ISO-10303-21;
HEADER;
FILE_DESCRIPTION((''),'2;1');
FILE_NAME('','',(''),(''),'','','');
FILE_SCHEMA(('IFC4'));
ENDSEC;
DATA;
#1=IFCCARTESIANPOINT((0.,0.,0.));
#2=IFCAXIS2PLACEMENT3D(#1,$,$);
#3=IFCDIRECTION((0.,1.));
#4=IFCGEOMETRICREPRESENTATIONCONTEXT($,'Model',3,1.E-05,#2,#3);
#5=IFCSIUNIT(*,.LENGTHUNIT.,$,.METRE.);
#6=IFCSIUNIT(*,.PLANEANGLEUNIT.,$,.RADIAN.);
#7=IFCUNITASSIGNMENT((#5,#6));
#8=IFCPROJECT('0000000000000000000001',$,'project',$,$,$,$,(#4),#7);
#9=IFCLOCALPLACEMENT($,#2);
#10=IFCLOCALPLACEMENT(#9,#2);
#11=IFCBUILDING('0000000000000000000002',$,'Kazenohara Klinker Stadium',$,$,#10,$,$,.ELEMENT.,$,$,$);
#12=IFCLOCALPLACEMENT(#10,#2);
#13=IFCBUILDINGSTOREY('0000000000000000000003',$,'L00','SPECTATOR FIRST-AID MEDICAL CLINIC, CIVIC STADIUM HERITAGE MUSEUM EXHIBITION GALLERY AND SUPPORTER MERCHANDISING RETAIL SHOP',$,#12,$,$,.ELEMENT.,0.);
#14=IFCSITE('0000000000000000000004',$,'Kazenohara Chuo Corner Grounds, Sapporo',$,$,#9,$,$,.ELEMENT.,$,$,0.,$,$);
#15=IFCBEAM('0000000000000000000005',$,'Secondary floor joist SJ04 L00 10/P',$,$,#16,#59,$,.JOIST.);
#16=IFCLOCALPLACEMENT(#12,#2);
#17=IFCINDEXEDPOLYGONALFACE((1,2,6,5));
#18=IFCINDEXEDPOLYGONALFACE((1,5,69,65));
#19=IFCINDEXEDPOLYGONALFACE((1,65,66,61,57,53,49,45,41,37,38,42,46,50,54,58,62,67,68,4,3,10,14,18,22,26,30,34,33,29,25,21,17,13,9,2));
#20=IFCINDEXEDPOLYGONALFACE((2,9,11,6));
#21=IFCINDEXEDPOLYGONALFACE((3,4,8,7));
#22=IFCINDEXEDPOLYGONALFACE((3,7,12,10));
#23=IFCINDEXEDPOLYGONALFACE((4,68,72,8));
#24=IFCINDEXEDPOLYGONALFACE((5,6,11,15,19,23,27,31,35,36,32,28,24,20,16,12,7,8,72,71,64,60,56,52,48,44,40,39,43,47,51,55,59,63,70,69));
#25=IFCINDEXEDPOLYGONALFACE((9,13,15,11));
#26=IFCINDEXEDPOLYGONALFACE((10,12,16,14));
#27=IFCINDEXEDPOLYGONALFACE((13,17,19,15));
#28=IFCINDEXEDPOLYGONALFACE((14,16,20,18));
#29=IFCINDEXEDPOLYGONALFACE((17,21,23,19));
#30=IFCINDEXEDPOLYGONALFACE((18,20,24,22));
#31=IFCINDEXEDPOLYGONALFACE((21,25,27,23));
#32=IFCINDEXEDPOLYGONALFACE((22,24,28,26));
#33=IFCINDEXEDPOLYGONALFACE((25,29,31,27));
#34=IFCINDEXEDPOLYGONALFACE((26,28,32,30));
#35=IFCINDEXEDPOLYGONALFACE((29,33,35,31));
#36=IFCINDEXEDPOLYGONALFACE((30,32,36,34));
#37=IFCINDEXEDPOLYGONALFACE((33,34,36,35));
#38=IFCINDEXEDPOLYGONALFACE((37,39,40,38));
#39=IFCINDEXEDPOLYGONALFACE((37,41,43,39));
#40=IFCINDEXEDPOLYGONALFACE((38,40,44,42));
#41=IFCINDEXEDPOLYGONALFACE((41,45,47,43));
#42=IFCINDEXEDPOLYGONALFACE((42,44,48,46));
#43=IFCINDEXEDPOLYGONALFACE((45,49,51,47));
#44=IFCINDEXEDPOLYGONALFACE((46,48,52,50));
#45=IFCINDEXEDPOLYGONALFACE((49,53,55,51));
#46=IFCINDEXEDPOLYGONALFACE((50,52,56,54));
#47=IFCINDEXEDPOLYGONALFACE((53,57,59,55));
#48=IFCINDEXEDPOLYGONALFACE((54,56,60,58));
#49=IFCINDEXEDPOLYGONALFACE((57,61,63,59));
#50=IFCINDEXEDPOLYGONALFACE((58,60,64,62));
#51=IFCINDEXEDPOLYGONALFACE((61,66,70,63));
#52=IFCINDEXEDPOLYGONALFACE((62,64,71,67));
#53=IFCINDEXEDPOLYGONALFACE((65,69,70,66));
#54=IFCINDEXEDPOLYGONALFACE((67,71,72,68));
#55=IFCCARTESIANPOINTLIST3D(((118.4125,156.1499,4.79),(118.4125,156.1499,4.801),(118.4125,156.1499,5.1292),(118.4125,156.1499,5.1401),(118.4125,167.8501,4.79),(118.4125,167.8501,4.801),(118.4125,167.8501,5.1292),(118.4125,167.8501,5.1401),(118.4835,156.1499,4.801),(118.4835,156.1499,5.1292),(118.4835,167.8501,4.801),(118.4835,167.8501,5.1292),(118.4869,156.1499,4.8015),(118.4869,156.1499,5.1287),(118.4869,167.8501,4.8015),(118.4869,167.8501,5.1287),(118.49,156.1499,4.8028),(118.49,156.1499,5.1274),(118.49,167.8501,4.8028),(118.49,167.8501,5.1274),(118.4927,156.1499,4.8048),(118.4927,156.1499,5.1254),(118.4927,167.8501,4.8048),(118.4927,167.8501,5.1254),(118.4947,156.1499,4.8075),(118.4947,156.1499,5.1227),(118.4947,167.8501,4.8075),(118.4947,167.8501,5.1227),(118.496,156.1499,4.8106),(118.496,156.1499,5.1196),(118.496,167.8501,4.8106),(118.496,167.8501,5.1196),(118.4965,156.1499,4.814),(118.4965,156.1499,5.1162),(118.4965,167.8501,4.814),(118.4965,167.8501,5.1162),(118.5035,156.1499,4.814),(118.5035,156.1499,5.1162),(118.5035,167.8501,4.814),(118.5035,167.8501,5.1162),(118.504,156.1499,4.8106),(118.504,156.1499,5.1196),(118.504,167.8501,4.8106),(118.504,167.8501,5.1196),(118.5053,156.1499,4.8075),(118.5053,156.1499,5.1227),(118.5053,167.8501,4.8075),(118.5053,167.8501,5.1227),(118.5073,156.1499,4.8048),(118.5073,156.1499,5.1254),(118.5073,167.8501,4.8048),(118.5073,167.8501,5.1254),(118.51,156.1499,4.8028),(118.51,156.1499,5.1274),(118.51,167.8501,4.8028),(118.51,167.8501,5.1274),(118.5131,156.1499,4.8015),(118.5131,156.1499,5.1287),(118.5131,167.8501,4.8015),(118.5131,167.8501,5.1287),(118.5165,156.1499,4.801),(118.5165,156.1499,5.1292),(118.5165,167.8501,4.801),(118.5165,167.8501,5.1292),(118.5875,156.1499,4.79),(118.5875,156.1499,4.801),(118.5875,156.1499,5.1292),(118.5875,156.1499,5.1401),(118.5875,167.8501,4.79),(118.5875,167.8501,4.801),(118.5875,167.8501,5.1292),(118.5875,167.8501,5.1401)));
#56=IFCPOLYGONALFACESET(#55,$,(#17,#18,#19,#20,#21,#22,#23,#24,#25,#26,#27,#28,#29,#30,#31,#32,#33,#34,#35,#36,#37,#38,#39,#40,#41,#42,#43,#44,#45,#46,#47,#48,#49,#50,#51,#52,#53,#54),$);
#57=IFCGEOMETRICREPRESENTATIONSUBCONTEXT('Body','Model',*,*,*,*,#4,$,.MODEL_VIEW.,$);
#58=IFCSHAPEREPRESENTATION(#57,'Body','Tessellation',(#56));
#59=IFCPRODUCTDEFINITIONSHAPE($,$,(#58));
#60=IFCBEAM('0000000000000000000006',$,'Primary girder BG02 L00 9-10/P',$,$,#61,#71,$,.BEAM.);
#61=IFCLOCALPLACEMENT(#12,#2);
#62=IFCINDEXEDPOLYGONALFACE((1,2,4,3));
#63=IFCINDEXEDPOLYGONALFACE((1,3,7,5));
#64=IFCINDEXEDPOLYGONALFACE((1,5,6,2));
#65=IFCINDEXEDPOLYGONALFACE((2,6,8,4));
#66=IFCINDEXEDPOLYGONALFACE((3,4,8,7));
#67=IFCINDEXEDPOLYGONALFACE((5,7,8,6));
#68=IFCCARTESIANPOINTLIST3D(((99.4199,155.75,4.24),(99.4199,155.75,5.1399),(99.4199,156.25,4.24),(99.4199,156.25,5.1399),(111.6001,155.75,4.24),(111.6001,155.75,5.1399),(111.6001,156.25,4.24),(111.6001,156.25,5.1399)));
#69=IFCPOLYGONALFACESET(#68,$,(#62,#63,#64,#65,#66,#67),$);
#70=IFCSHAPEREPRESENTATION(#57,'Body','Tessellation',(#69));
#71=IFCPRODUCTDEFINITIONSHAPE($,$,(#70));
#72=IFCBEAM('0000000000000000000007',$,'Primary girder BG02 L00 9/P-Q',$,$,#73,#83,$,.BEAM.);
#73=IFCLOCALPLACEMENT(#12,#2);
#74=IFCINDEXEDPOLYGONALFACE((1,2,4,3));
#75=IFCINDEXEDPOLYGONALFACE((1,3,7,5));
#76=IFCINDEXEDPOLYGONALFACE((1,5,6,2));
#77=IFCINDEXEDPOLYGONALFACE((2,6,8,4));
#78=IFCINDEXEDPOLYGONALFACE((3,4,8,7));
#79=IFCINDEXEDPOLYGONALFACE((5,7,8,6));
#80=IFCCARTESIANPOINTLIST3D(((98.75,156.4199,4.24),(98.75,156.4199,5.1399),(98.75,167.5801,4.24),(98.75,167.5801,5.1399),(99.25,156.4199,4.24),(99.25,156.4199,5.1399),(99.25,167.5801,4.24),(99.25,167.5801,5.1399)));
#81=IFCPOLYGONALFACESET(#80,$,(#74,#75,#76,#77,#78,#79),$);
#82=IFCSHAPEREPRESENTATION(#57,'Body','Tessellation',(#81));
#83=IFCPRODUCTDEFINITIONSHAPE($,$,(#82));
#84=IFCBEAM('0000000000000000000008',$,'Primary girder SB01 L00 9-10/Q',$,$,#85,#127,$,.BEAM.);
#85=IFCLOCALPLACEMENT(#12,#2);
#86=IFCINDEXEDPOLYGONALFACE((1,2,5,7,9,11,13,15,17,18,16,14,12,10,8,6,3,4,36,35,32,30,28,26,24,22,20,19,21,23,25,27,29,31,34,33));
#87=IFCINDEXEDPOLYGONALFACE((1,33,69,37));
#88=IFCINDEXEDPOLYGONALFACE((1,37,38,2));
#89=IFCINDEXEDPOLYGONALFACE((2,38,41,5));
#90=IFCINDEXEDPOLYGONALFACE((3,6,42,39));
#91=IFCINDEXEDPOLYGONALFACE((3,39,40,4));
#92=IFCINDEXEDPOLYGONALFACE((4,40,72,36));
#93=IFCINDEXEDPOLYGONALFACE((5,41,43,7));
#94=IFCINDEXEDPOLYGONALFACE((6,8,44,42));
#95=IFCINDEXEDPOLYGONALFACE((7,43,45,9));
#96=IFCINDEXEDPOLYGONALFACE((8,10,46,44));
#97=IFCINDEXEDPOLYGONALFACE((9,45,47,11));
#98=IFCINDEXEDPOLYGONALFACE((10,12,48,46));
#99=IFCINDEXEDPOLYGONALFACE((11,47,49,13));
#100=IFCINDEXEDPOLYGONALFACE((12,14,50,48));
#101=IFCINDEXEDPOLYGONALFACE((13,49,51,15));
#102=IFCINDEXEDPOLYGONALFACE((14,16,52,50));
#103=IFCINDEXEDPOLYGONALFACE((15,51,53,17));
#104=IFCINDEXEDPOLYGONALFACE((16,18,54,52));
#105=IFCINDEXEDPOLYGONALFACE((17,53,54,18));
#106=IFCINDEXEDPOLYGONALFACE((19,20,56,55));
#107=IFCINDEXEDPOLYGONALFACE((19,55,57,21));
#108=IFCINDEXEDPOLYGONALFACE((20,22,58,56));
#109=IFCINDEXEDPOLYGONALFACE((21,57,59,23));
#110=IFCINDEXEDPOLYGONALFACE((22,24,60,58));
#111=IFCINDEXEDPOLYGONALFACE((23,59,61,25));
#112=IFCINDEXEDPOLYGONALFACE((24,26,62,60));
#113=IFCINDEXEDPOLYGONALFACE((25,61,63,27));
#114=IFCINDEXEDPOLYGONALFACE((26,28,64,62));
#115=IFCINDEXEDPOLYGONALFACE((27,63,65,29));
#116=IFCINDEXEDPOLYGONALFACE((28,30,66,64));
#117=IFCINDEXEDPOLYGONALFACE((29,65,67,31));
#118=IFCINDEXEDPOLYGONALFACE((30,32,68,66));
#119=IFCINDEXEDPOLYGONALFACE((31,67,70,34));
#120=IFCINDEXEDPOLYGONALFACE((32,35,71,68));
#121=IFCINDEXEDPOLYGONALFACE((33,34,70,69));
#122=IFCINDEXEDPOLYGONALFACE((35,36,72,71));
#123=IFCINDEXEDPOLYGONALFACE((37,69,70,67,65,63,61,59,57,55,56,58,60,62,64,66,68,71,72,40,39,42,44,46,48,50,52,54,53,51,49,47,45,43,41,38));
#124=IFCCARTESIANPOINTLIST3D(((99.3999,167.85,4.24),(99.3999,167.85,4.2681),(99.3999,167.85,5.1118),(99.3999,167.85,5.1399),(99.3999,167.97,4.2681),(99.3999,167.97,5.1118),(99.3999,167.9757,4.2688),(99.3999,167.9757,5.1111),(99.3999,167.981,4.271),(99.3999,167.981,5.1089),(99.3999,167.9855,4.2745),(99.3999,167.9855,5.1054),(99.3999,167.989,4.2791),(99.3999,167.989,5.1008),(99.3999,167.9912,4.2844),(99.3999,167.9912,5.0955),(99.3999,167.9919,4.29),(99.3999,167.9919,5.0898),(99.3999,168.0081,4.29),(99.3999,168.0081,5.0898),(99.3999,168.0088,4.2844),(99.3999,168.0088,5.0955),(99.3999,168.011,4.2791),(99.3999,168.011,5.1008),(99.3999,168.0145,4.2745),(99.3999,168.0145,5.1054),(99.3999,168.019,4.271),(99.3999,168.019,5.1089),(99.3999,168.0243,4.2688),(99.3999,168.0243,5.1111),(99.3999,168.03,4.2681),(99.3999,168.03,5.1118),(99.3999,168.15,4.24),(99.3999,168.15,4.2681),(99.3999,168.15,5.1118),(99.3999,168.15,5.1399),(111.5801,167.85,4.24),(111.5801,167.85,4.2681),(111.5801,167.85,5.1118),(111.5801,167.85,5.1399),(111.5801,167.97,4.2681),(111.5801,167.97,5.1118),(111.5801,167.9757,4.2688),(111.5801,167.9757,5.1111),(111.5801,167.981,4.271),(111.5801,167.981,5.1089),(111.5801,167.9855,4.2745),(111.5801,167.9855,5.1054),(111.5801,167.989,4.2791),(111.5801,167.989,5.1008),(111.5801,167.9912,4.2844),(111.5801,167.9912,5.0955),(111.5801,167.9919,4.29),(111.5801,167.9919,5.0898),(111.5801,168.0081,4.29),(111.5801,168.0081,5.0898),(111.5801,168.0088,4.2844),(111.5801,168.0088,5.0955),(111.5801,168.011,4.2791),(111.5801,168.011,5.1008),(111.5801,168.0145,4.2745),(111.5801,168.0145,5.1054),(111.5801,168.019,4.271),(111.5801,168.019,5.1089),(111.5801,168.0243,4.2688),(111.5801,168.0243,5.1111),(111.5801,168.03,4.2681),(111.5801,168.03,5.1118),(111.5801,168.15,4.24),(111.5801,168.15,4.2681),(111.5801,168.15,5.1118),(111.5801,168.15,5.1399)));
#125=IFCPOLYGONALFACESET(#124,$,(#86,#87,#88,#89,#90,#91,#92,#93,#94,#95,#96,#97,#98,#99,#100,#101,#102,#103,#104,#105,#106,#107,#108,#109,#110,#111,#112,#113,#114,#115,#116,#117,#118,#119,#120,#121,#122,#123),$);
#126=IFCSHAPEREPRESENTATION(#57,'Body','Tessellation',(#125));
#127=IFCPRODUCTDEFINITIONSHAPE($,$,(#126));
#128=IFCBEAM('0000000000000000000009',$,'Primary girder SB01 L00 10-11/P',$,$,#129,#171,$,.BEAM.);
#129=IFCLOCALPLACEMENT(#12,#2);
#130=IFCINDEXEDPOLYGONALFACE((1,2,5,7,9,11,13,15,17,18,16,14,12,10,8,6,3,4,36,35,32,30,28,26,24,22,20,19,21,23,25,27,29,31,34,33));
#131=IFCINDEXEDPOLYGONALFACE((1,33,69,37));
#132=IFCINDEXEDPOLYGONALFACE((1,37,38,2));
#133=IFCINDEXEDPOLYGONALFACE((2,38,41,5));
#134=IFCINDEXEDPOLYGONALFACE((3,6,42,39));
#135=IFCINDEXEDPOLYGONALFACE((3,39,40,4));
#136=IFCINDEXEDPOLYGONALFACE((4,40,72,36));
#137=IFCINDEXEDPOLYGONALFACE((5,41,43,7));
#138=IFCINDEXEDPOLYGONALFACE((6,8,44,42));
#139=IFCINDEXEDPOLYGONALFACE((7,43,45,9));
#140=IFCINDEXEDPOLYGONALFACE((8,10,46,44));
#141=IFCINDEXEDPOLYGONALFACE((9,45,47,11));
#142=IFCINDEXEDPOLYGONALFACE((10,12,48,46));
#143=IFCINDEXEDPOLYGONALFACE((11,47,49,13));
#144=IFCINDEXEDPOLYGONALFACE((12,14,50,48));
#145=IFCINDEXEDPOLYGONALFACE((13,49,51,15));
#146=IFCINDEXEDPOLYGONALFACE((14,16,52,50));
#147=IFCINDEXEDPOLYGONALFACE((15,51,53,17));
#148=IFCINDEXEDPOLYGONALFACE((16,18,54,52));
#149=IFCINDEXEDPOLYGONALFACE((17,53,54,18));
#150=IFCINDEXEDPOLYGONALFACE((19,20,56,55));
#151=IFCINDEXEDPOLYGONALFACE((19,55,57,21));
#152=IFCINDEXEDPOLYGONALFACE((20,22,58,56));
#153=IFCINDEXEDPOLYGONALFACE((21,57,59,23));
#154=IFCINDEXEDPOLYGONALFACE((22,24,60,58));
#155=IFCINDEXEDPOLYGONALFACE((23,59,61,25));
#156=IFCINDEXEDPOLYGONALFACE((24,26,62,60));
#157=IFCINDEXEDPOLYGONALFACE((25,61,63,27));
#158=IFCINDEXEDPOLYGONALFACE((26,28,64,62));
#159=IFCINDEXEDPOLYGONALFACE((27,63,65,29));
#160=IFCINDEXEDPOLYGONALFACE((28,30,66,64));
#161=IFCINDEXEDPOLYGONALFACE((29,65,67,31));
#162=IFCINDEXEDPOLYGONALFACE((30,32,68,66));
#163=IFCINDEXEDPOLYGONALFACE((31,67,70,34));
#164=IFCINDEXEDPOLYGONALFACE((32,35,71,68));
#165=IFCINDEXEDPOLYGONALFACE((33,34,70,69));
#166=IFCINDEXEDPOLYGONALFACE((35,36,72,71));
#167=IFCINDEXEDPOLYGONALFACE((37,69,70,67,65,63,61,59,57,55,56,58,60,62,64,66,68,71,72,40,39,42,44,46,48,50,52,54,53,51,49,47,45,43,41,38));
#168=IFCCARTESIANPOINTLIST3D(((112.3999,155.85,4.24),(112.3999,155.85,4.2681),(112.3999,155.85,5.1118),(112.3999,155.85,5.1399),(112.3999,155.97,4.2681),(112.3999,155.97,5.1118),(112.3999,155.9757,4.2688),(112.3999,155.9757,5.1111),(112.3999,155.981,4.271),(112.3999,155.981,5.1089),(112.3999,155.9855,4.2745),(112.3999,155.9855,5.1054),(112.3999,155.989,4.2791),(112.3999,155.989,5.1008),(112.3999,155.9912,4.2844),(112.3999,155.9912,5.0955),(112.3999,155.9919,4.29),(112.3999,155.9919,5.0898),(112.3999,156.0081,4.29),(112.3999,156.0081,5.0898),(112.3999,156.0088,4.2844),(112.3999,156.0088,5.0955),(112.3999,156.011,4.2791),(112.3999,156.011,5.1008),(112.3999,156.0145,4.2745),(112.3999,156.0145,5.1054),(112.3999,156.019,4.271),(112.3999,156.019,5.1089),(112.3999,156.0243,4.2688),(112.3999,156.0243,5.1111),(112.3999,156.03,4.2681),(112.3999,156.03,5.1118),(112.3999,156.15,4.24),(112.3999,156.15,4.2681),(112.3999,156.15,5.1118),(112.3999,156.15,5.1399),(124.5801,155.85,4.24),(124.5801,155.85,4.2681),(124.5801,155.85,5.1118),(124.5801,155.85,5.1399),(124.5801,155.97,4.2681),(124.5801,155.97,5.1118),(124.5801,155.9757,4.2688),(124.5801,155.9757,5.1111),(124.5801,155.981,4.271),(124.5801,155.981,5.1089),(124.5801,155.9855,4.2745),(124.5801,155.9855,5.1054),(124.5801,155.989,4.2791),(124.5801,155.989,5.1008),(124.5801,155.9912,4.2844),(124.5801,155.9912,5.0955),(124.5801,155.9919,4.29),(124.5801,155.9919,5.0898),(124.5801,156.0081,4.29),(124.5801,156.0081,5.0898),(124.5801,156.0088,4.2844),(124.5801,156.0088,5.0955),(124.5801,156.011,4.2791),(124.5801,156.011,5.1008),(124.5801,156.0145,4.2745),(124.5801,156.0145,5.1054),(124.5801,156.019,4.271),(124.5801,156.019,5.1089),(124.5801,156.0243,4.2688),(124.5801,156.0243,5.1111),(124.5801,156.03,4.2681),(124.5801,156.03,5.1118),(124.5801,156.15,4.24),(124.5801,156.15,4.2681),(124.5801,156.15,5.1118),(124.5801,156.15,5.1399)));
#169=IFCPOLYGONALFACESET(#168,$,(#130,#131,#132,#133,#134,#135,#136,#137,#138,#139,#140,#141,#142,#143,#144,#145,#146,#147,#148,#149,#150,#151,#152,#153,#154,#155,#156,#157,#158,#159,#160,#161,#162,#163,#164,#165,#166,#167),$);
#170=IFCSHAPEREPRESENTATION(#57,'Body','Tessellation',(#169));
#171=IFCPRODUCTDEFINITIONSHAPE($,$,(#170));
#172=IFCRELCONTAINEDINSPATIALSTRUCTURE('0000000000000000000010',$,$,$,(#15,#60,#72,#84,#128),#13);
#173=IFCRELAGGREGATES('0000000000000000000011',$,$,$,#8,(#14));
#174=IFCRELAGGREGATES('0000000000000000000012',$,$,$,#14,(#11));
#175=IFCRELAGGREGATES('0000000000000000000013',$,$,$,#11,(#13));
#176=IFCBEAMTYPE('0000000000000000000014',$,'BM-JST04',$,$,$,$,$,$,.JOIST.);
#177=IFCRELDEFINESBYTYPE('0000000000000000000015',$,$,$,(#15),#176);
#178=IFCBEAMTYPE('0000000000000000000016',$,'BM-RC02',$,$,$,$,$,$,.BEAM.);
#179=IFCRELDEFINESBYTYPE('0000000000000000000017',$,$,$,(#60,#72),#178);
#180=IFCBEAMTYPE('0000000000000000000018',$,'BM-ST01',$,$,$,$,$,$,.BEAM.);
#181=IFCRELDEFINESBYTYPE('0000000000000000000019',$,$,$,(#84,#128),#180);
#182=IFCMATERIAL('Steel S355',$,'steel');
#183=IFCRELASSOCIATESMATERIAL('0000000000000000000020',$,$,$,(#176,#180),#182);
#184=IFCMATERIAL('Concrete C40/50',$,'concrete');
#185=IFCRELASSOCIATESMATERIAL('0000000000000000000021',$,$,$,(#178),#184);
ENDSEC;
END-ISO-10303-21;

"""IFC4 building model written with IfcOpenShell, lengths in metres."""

from ifc_helpers import new_model, si_unit, direction, frame, origin, origin_2d, place, context, subcontext, project, spatial, rectangle, i_section, extrude, material, material_profile, profile_set, type_object, element, save


model = new_model("IFC4")

# Units and contexts
model_context = context("Model", 3, precision=1e-05, world=origin(), true_north=direction((0.0, 1.0)))
body_context = subcontext(model_context, "Body", "Model", "MODEL_VIEW")
ifc_project = project(units=[si_unit("LENGTHUNIT", "METRE"), si_unit("PLANEANGLEUNIT", "RADIAN")], contexts=[model_context])

# Site, building, storey
site_placement = place(None, origin())
site = spatial("IfcSite", under=ifc_project, at=site_placement, Name="Kazenohara Chuo Corner Grounds, Sapporo", CompositionType="ELEMENT", RefElevation=0.0)
building_placement = place(site_placement, origin())
building = spatial("IfcBuilding", under=site, at=building_placement, Name="Kazenohara Klinker Stadium", CompositionType="ELEMENT")
storey_placement = place(building_placement, origin())
storey = spatial("IfcBuildingStorey", under=building, at=storey_placement, Name="L00", Description="SPECTATOR FIRST-AID MEDICAL CLINIC, CIVIC STADIUM HERITAGE MUSEUM EXHIBITION GALLERY AND SUPPORTER MERCHANDISING RETAIL SHOP", CompositionType="ELEMENT", Elevation=0.0)

# Shared definitions
ifc_material_1 = material(Name="Concrete C40/50", Category="concrete")

# Beams
ifc_material_2 = material(Name="Steel S355", Category="steel")
ifc_material_profile_1 = material_profile(ifc_material_2, i_section(OverallWidth=0.175, OverallDepth=0.3501, WebThickness=0.0071, FlangeThickness=0.011, FilletRadius=0.0129, at=origin_2d()), Name="H-350x175x7x11")
ifc_profile_set_1 = profile_set([ifc_material_profile_1], Name="Steel S355")
beam_type_1 = type_object("IfcBeamType", Name="BM-JST04", PredefinedType="JOIST", material=ifc_profile_set_1)
beam_1_placement = place(storey_placement, frame((118.5, 156.1499, 4.9651), z_axis=(0.0, 1.0, 0.0), x_axis=(-1.0, 0.0, 0.0)))
element("IfcBeam", 1, at=beam_1_placement, inside=storey, type_object=beam_type_1, Name="Secondary floor joist SJ04 L00 10/P", PredefinedType="JOIST", context=body_context, shape_type="SweptSolid", body=[
    extrude(i_section(OverallWidth=0.175, OverallDepth=0.3501, WebThickness=0.0071, FlangeThickness=0.011, FilletRadius=0.0129, at=origin_2d()), origin(), (0.0, 0.0, 1.0), 11.7002),
])
ifc_material_profile_2 = material_profile(ifc_material_1, rectangle(XDim=0.5, YDim=0.8999, at=origin_2d()), Name="RC-BM-500x900")
ifc_profile_set_2 = profile_set([ifc_material_profile_2], Name="Concrete C40/50")
beam_type_2 = type_object("IfcBeamType", Name="BM-RC02", PredefinedType="BEAM", material=ifc_profile_set_2)
beam_2_placement = place(storey_placement, frame((99.4199, 156.0, 4.6899), z_axis=(1.0, 0.0, 0.0), x_axis=(0.0, 1.0, 0.0)))
element("IfcBeam", 2, at=beam_2_placement, inside=storey, type_object=beam_type_2, Name="Primary girder BG02 L00 9-10/P", PredefinedType="BEAM", context=body_context, shape_type="SweptSolid", body=[
    extrude(rectangle(XDim=0.5, YDim=0.8999, at=origin_2d()), origin(), (0.0, 0.0, 1.0), 12.1802),
])
beam_3_placement = place(storey_placement, frame((99.0, 156.4199, 4.6899), z_axis=(0.0, 1.0, 0.0), x_axis=(-1.0, 0.0, 0.0)))
element("IfcBeam", 3, at=beam_3_placement, inside=storey, type_object=beam_type_2, Name="Primary girder BG02 L00 9/P-Q", PredefinedType="BEAM", context=body_context, shape_type="SweptSolid", body=[
    extrude(rectangle(XDim=0.5, YDim=0.8999, at=origin_2d()), origin(), (0.0, 0.0, 1.0), 11.1602),
])
ifc_material_profile_3 = material_profile(ifc_material_2, i_section(OverallWidth=0.3, OverallDepth=0.8999, WebThickness=0.0161, FlangeThickness=0.0281, FilletRadius=0.022, at=origin_2d()), Name="H-900x300x16x28")
ifc_profile_set_3 = profile_set([ifc_material_profile_3], Name="Steel S355")
beam_type_3 = type_object("IfcBeamType", Name="BM-ST01", PredefinedType="BEAM", material=ifc_profile_set_3)
for number, where, z_axis, x_axis, name in (
    (4, (99.3999, 168.0, 4.6899), (1.0, 0.0, 0.0), (0.0, 1.0, 0.0), "Primary girder SB01 L00 9-10/Q"),
    (5, (112.3999, 156.0, 4.6899), (1.0, 0.0, 0.0), (0.0, 1.0, 0.0), "Primary girder SB01 L00 10-11/P"),
):
    element("IfcBeam", number, at=place(storey_placement, frame(where, z_axis=z_axis, x_axis=x_axis)), inside=storey, type_object=beam_type_3, Name=name, PredefinedType="BEAM", context=body_context, shape_type="SweptSolid", body=[
        extrude(i_section(OverallWidth=0.3, OverallDepth=0.8999, WebThickness=0.0161, FlangeThickness=0.0281, FilletRadius=0.022, at=origin_2d()), origin(), (0.0, 0.0, 1.0), 12.1802),
    ])

save(model, "model.ifc")
